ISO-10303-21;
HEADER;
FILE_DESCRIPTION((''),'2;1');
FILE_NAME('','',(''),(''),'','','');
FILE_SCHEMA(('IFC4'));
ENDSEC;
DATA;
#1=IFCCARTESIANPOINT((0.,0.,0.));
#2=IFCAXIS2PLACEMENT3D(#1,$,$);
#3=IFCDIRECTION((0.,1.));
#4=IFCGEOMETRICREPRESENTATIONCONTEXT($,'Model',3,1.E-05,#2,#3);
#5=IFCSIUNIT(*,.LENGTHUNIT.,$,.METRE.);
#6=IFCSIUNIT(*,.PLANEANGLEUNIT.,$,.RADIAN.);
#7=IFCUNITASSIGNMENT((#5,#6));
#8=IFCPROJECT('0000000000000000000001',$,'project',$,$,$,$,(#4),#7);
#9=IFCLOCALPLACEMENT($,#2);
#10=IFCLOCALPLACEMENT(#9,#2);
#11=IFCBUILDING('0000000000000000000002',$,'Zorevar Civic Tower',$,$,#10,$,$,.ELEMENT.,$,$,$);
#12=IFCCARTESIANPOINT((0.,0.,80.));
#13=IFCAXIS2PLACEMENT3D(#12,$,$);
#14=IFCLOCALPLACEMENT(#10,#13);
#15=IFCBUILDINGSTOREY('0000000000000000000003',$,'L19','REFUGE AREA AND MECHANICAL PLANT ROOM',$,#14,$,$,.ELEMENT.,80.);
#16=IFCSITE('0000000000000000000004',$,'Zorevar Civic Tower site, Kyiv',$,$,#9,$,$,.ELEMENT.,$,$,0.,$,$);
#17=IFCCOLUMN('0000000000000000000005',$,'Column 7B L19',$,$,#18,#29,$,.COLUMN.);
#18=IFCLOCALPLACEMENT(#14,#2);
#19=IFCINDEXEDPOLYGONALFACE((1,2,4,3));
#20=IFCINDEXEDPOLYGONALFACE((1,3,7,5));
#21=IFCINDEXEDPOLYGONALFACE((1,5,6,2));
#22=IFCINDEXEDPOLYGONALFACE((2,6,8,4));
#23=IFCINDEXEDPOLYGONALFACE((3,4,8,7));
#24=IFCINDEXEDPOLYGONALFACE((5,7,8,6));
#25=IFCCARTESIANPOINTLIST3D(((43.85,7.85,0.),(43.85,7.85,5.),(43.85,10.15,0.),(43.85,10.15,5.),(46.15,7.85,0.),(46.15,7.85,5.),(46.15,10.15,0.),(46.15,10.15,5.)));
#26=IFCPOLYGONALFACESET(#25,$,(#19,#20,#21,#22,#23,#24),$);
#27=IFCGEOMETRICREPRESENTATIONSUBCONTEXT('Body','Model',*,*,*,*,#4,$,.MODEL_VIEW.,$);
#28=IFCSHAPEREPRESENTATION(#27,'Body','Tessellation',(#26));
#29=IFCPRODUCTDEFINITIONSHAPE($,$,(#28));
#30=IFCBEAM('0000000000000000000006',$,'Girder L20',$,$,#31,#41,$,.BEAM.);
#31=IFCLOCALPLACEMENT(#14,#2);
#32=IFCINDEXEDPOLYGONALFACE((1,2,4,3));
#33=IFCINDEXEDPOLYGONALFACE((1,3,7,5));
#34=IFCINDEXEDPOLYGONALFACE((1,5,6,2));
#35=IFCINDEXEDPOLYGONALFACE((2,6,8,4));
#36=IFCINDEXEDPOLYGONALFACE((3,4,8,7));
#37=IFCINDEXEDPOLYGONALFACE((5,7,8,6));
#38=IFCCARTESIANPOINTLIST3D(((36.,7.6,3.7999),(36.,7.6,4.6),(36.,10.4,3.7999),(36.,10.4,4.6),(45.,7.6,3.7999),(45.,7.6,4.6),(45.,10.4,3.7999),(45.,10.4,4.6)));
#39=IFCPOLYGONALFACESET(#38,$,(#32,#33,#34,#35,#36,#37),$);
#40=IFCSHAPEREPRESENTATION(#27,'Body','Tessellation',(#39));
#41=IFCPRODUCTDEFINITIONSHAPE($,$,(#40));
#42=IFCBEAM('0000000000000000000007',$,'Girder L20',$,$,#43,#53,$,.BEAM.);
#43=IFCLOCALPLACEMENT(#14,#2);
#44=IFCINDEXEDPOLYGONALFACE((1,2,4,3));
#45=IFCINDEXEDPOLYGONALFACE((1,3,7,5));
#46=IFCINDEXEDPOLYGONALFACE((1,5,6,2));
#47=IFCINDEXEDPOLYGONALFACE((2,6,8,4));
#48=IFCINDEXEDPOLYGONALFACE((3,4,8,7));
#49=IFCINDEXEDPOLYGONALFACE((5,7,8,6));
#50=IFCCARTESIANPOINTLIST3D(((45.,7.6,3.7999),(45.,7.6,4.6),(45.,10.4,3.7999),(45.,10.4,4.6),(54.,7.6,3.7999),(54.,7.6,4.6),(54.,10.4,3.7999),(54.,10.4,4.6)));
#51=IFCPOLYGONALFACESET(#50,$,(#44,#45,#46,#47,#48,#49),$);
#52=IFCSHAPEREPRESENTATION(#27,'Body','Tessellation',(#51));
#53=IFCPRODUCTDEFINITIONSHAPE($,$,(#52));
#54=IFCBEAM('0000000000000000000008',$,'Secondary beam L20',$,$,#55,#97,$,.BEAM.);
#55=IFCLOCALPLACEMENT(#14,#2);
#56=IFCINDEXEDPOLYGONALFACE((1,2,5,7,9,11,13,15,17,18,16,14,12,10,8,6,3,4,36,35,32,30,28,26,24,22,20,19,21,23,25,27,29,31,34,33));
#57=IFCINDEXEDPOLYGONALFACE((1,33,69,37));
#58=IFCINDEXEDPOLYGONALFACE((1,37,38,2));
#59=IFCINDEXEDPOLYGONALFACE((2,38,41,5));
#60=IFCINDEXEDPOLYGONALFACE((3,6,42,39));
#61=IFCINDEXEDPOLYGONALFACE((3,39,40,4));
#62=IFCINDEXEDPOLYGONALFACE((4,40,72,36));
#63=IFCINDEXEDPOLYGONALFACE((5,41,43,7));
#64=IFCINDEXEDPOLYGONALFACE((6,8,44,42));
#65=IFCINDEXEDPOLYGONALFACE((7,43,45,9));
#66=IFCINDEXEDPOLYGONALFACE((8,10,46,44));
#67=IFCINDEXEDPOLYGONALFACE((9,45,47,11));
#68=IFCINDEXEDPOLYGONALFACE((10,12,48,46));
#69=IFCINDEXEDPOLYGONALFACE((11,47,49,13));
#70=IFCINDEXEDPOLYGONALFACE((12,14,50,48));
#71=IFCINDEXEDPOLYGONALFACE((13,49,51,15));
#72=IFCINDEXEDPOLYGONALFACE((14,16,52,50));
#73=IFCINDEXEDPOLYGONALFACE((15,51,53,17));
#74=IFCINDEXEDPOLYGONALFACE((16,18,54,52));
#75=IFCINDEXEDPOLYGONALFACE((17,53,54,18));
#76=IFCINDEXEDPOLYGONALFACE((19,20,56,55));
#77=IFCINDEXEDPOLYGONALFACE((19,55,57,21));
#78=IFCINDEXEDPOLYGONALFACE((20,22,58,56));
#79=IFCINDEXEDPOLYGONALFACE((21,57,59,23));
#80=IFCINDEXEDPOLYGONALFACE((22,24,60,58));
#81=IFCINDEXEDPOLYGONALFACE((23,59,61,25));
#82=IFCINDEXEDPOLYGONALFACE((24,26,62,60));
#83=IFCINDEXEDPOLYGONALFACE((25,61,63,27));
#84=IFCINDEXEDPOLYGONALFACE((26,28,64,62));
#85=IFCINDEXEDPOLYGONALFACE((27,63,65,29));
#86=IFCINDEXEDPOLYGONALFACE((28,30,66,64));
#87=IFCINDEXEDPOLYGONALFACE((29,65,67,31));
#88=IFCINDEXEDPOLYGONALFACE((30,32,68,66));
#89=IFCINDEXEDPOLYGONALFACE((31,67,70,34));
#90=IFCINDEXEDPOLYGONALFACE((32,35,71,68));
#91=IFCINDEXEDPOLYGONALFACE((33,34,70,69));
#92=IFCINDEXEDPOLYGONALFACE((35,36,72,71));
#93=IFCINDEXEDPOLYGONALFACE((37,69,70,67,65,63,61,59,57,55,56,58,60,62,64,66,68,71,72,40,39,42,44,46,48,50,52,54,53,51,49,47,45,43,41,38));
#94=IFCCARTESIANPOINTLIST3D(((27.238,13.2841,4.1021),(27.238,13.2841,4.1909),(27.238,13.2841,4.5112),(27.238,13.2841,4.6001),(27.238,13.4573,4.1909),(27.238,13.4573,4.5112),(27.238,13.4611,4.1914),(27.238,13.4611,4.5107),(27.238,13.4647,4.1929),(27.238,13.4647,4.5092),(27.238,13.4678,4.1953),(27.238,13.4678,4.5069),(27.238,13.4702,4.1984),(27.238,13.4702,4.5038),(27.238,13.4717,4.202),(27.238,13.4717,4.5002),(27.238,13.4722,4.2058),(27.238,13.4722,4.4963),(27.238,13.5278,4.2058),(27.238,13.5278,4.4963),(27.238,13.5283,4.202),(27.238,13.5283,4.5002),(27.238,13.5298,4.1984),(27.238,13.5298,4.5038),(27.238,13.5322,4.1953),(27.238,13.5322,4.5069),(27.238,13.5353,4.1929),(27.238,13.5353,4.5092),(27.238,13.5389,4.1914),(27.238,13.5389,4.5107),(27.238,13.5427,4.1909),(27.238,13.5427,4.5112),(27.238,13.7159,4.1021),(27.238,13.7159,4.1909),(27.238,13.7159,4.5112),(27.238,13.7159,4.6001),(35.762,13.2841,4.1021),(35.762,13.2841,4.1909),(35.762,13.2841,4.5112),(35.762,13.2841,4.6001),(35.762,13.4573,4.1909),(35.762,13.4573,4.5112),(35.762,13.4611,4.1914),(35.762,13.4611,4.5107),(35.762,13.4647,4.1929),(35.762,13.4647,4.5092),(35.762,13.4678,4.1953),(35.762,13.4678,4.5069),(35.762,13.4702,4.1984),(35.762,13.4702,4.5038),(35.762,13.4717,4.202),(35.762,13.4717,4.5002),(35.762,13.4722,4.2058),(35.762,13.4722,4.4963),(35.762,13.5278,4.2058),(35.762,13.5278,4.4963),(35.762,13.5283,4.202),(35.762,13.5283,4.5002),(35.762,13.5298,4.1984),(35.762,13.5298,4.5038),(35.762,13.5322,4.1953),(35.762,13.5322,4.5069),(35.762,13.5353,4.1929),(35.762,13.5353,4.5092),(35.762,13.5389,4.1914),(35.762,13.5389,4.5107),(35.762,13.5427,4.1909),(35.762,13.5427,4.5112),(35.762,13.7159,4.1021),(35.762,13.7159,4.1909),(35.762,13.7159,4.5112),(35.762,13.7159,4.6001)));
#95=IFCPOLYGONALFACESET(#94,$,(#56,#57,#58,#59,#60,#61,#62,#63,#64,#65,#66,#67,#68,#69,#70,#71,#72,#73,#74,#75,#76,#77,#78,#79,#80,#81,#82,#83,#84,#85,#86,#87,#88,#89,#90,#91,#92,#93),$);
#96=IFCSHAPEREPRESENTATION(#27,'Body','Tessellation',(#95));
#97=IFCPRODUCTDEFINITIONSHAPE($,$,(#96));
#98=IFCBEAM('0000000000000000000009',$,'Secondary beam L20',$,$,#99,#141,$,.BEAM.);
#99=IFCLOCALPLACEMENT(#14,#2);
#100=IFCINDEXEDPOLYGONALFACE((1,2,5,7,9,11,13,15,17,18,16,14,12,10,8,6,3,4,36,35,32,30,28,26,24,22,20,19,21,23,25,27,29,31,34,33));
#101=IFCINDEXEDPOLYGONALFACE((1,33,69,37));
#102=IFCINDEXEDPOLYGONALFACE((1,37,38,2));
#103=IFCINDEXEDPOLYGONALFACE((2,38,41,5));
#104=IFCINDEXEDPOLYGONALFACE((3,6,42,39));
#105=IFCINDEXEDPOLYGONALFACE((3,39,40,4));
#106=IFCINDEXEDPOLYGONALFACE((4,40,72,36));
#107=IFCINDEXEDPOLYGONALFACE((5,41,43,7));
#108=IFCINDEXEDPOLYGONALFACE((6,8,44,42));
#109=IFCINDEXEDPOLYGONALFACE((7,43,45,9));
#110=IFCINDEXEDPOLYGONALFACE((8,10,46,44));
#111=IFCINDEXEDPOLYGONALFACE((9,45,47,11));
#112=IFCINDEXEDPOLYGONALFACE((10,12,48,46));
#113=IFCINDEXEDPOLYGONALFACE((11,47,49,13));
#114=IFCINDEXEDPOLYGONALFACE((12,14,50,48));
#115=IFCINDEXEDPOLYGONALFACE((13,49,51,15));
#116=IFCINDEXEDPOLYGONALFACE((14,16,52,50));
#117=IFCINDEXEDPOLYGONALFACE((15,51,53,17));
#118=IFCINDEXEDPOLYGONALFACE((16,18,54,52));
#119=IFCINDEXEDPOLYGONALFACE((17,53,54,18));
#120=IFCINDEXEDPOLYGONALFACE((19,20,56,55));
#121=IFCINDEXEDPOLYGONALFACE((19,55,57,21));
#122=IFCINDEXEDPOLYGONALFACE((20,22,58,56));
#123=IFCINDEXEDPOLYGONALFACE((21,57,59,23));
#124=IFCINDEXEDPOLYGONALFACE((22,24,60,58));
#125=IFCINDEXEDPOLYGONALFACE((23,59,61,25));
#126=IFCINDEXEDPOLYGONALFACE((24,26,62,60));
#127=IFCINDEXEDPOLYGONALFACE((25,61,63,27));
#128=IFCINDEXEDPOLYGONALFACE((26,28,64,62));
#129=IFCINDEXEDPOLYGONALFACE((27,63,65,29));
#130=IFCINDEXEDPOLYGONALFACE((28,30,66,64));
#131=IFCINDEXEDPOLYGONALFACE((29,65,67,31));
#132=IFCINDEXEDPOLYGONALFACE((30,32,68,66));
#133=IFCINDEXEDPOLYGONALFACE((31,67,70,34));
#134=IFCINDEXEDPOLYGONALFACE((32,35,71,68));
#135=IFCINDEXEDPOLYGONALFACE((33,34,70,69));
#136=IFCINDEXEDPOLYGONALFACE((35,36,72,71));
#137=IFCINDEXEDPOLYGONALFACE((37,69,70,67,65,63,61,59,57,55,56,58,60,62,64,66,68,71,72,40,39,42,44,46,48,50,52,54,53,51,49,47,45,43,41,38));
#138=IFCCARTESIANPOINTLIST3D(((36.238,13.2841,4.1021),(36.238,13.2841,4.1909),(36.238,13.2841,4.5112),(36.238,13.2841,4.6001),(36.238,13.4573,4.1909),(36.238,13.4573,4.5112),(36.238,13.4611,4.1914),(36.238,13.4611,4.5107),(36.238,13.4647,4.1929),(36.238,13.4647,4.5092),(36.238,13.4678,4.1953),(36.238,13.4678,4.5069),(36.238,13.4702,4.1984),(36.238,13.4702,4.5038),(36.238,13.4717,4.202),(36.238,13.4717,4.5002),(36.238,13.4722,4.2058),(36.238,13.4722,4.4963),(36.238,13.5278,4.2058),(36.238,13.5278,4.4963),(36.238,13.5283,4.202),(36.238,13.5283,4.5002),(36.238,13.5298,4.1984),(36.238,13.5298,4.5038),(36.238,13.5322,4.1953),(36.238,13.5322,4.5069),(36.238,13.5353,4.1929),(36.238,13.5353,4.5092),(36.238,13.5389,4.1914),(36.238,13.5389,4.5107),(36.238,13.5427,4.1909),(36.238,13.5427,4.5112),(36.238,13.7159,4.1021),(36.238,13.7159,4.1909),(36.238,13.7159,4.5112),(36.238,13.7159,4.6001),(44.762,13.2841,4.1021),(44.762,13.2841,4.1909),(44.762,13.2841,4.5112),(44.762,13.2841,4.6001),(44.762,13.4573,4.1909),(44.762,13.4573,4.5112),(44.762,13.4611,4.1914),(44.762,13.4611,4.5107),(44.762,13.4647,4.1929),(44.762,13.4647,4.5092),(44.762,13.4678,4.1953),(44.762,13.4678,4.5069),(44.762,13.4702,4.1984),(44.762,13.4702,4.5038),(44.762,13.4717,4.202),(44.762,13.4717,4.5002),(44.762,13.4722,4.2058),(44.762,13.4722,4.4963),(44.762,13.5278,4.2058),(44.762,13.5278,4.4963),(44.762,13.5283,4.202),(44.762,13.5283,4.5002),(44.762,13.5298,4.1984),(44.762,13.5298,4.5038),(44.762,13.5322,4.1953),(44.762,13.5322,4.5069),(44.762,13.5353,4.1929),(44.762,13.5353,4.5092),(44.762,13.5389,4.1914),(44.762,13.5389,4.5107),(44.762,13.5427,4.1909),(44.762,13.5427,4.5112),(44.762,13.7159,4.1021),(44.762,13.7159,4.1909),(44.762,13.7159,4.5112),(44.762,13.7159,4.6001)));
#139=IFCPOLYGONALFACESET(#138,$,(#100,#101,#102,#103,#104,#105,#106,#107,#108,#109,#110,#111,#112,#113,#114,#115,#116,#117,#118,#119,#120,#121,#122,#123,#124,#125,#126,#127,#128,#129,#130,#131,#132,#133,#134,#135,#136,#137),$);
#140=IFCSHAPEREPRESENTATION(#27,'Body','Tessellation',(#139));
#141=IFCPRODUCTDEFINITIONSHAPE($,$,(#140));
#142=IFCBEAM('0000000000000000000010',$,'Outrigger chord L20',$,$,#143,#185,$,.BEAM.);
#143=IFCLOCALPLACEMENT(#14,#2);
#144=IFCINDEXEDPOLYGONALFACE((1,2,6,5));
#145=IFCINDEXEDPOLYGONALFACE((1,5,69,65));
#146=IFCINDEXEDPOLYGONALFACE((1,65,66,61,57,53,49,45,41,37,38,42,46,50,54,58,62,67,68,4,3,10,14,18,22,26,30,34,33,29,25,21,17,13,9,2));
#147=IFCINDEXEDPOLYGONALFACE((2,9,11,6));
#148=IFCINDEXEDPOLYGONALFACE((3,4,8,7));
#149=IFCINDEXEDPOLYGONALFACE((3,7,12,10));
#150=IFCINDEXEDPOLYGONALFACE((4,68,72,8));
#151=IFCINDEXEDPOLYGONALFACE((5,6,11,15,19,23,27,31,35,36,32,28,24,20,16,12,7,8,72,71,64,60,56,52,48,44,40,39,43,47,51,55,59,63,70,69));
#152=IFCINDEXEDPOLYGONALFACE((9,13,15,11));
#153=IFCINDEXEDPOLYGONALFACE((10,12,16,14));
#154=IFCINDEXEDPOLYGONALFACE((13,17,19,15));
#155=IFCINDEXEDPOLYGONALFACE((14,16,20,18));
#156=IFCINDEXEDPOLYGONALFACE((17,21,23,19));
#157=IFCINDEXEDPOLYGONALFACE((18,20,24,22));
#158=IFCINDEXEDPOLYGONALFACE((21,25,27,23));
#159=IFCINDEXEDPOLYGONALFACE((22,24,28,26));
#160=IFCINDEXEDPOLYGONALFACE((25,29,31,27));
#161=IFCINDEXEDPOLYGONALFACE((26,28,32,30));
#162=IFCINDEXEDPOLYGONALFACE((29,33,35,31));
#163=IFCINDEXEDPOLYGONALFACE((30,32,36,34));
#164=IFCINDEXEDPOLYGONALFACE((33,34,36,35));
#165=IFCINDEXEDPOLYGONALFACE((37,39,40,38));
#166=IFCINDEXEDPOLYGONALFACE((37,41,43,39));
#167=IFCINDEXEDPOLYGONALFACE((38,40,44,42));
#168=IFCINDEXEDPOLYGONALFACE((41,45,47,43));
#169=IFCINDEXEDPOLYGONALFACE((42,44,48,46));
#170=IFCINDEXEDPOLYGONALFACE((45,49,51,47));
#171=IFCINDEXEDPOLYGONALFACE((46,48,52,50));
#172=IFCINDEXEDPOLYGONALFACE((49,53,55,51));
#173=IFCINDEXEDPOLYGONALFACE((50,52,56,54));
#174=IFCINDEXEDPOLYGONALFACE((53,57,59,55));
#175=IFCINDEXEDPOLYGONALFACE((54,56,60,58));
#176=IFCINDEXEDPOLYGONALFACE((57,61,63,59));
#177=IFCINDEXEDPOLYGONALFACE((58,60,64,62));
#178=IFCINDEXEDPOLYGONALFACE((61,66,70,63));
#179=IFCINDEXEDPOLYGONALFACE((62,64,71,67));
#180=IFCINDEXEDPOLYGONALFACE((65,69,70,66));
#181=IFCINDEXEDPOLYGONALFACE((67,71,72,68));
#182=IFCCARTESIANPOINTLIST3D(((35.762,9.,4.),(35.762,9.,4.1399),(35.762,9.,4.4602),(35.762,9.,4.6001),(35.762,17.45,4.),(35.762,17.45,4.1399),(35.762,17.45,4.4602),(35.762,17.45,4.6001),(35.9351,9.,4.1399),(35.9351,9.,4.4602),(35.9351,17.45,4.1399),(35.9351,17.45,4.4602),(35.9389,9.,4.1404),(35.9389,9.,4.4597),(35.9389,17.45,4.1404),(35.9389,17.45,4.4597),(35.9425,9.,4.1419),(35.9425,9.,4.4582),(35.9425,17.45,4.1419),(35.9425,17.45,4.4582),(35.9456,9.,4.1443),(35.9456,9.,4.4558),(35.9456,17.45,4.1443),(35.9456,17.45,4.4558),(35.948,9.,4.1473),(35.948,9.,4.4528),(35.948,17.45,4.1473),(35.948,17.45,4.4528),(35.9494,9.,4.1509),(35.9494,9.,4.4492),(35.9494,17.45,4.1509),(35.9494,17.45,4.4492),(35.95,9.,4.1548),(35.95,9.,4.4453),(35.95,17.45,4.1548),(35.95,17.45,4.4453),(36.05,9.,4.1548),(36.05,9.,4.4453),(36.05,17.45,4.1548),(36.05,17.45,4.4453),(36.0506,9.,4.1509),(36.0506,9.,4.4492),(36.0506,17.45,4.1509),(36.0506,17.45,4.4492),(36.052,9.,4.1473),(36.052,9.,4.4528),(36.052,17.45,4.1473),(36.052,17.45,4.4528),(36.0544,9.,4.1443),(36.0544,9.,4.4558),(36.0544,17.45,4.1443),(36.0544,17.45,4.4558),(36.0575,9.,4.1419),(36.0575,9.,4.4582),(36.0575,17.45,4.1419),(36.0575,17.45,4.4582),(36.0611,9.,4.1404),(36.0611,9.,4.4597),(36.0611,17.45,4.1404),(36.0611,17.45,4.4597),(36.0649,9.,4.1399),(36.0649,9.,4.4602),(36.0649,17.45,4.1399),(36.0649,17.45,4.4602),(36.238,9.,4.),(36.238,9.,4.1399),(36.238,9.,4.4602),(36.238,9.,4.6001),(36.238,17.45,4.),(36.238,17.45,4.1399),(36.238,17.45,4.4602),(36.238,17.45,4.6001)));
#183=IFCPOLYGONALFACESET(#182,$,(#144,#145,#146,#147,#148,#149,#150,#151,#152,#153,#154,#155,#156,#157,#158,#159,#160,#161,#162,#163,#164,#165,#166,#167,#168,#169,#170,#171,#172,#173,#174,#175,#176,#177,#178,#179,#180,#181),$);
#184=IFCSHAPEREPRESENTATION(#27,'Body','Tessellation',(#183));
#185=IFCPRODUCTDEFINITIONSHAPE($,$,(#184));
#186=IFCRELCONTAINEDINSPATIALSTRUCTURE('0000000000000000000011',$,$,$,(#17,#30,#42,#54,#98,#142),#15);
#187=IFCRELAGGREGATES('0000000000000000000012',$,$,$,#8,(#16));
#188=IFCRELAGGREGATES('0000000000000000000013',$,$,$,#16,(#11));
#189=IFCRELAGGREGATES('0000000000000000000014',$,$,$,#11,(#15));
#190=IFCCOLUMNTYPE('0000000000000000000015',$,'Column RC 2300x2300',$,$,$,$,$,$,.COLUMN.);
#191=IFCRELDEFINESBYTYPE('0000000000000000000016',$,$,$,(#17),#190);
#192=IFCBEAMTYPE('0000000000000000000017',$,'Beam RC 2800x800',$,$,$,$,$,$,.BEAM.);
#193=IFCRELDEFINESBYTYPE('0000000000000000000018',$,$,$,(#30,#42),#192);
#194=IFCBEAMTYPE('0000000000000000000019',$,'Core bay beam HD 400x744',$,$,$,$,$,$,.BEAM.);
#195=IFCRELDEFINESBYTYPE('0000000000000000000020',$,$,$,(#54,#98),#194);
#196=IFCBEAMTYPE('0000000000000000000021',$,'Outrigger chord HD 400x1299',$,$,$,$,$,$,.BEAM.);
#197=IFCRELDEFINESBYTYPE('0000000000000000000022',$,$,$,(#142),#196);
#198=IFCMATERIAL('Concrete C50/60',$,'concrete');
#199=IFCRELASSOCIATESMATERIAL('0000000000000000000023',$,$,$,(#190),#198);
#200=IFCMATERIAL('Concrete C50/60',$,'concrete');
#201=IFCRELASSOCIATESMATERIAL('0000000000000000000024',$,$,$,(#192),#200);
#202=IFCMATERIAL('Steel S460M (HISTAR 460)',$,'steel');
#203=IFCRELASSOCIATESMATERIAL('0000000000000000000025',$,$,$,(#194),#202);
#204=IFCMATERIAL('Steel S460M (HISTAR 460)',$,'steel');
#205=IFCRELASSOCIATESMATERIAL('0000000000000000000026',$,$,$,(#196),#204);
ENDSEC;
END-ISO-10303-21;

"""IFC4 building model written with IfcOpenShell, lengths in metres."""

from ifc_helpers import new_model, si_unit, direction, frame, origin, origin_2d, place, context, subcontext, project, spatial, rectangle, i_section, extrude, material, material_profile, profile_set, type_object, element, save


model = new_model("IFC4")

# Units and contexts
model_context = context("Model", 3, precision=1e-05, world=origin(), true_north=direction((0.0, 1.0)))
body_context = subcontext(model_context, "Body", "Model", "MODEL_VIEW")
ifc_project = project(units=[si_unit("LENGTHUNIT", "METRE"), si_unit("PLANEANGLEUNIT", "RADIAN")], contexts=[model_context])

# Site, building, storey
site_placement = place(None, origin())
site = spatial("IfcSite", under=ifc_project, at=site_placement, Name="Zorevar Civic Tower site, Kyiv", CompositionType="ELEMENT", RefElevation=0.0)
building_placement = place(site_placement, origin())
building = spatial("IfcBuilding", under=site, at=building_placement, Name="Zorevar Civic Tower", CompositionType="ELEMENT")
storey_placement = place(building_placement, frame((0.0, 0.0, 80.0)))
storey = spatial("IfcBuildingStorey", under=building, at=storey_placement, Name="L19", Description="REFUGE AREA AND MECHANICAL PLANT ROOM", CompositionType="ELEMENT", Elevation=80.0)

# Column
ifc_material_1 = material(Name="Concrete C50/60", Category="concrete")
ifc_material_profile_1 = material_profile(ifc_material_1, rectangle(XDim=2.3, YDim=2.3, at=origin_2d()), Name="RC 2300x2300")
ifc_profile_set_1 = profile_set([ifc_material_profile_1], Name="Concrete C50/60")
column_type = type_object("IfcColumnType", Name="Column RC 2300x2300", PredefinedType="COLUMN", material=ifc_profile_set_1)
column_placement = place(storey_placement, frame((45.0, 9.0, 0.0), z_axis=(0.0, 0.0, 1.0), x_axis=(1.0, 0.0, 0.0)))
element("IfcColumn", 1, at=column_placement, inside=storey, type_object=column_type, Name="Column 7B L19", PredefinedType="COLUMN", context=body_context, shape_type="SweptSolid", body=[
    extrude(rectangle(XDim=2.3, YDim=2.3, at=origin_2d()), origin(), (0.0, 0.0, 1.0), 5.0),
])

# Beams
ifc_material_2 = material(Name="Concrete C50/60", Category="concrete")
ifc_material_profile_2 = material_profile(ifc_material_2, rectangle(XDim=2.8, YDim=0.8, at=origin_2d()), Name="RC 2800x800")
ifc_profile_set_2 = profile_set([ifc_material_profile_2], Name="Concrete C50/60")
beam_type_1 = type_object("IfcBeamType", Name="Beam RC 2800x800", PredefinedType="BEAM", material=ifc_profile_set_2)
for number, where, z_axis, x_axis, name in (
    (2, (36.0, 9.0, 4.2), (1.0, 0.0, 0.0), (0.0, 1.0, 0.0), "Girder L20"),
    (3, (45.0, 9.0, 4.2), (1.0, 0.0, 0.0), (0.0, 1.0, 0.0), "Girder L20"),
):
    element("IfcBeam", number, at=place(storey_placement, frame(where, z_axis=z_axis, x_axis=x_axis)), inside=storey, type_object=beam_type_1, Name=name, PredefinedType="BEAM", context=body_context, shape_type="SweptSolid", body=[
        extrude(rectangle(XDim=2.8, YDim=0.8, at=origin_2d()), origin(), (0.0, 0.0, 1.0), 9.0),
    ])
ifc_material_3 = material(Name="Steel S460M (HISTAR 460)", Category="steel")
ifc_material_profile_3 = material_profile(ifc_material_3, i_section(OverallWidth=0.4319, OverallDepth=0.498, WebThickness=0.0557, FlangeThickness=0.0889, FilletRadius=0.0149, at=origin_2d()), Name="HD 400x744")
ifc_profile_set_3 = profile_set([ifc_material_profile_3], Name="Steel S460M (HISTAR 460)")
beam_type_2 = type_object("IfcBeamType", Name="Core bay beam HD 400x744", PredefinedType="BEAM", material=ifc_profile_set_3)
for number, where, z_axis, x_axis, name in (
    (4, (27.238, 13.5, 4.3511), (1.0, 0.0, 0.0), (0.0, 1.0, 0.0), "Secondary beam L20"),
    (5, (36.238, 13.5, 4.3511), (1.0, 0.0, 0.0), (0.0, 1.0, 0.0), "Secondary beam L20"),
):
    element("IfcBeam", number, at=place(storey_placement, frame(where, z_axis=z_axis, x_axis=x_axis)), inside=storey, type_object=beam_type_2, Name=name, PredefinedType="BEAM", context=body_context, shape_type="SweptSolid", body=[
        extrude(i_section(OverallWidth=0.4319, OverallDepth=0.498, WebThickness=0.0557, FlangeThickness=0.0889, FilletRadius=0.0149, at=origin_2d()), origin(), (0.0, 0.0, 1.0), 8.5239),
    ])
ifc_material_4 = material(Name="Steel S460M (HISTAR 460)", Category="steel")
ifc_material_profile_4 = material_profile(ifc_material_4, i_section(OverallWidth=0.4761, OverallDepth=0.6001, WebThickness=0.1001, FlangeThickness=0.1399, FilletRadius=0.0149, at=origin_2d()), Name="HD 400x1299")
ifc_profile_set_4 = profile_set([ifc_material_profile_4], Name="Steel S460M (HISTAR 460)")
beam_type_3 = type_object("IfcBeamType", Name="Outrigger chord HD 400x1299", PredefinedType="BEAM", material=ifc_profile_set_4)
for number, where, z_axis, x_axis, name in (
    (6, (36.0, 9.0, 4.3), (0.0, 1.0, 0.0), (-1.0, 0.0, 0.0), "Outrigger chord L20"),
):
    element("IfcBeam", number, at=place(storey_placement, frame(where, z_axis=z_axis, x_axis=x_axis)), inside=storey, type_object=beam_type_3, Name=name, PredefinedType="BEAM", context=body_context, shape_type="SweptSolid", body=[
        extrude(i_section(OverallWidth=0.4761, OverallDepth=0.6001, WebThickness=0.1001, FlangeThickness=0.1399, FilletRadius=0.0149, at=origin_2d()), origin(), (0.0, 0.0, 1.0), 8.45),
    ])

save(model, "model.ifc")
